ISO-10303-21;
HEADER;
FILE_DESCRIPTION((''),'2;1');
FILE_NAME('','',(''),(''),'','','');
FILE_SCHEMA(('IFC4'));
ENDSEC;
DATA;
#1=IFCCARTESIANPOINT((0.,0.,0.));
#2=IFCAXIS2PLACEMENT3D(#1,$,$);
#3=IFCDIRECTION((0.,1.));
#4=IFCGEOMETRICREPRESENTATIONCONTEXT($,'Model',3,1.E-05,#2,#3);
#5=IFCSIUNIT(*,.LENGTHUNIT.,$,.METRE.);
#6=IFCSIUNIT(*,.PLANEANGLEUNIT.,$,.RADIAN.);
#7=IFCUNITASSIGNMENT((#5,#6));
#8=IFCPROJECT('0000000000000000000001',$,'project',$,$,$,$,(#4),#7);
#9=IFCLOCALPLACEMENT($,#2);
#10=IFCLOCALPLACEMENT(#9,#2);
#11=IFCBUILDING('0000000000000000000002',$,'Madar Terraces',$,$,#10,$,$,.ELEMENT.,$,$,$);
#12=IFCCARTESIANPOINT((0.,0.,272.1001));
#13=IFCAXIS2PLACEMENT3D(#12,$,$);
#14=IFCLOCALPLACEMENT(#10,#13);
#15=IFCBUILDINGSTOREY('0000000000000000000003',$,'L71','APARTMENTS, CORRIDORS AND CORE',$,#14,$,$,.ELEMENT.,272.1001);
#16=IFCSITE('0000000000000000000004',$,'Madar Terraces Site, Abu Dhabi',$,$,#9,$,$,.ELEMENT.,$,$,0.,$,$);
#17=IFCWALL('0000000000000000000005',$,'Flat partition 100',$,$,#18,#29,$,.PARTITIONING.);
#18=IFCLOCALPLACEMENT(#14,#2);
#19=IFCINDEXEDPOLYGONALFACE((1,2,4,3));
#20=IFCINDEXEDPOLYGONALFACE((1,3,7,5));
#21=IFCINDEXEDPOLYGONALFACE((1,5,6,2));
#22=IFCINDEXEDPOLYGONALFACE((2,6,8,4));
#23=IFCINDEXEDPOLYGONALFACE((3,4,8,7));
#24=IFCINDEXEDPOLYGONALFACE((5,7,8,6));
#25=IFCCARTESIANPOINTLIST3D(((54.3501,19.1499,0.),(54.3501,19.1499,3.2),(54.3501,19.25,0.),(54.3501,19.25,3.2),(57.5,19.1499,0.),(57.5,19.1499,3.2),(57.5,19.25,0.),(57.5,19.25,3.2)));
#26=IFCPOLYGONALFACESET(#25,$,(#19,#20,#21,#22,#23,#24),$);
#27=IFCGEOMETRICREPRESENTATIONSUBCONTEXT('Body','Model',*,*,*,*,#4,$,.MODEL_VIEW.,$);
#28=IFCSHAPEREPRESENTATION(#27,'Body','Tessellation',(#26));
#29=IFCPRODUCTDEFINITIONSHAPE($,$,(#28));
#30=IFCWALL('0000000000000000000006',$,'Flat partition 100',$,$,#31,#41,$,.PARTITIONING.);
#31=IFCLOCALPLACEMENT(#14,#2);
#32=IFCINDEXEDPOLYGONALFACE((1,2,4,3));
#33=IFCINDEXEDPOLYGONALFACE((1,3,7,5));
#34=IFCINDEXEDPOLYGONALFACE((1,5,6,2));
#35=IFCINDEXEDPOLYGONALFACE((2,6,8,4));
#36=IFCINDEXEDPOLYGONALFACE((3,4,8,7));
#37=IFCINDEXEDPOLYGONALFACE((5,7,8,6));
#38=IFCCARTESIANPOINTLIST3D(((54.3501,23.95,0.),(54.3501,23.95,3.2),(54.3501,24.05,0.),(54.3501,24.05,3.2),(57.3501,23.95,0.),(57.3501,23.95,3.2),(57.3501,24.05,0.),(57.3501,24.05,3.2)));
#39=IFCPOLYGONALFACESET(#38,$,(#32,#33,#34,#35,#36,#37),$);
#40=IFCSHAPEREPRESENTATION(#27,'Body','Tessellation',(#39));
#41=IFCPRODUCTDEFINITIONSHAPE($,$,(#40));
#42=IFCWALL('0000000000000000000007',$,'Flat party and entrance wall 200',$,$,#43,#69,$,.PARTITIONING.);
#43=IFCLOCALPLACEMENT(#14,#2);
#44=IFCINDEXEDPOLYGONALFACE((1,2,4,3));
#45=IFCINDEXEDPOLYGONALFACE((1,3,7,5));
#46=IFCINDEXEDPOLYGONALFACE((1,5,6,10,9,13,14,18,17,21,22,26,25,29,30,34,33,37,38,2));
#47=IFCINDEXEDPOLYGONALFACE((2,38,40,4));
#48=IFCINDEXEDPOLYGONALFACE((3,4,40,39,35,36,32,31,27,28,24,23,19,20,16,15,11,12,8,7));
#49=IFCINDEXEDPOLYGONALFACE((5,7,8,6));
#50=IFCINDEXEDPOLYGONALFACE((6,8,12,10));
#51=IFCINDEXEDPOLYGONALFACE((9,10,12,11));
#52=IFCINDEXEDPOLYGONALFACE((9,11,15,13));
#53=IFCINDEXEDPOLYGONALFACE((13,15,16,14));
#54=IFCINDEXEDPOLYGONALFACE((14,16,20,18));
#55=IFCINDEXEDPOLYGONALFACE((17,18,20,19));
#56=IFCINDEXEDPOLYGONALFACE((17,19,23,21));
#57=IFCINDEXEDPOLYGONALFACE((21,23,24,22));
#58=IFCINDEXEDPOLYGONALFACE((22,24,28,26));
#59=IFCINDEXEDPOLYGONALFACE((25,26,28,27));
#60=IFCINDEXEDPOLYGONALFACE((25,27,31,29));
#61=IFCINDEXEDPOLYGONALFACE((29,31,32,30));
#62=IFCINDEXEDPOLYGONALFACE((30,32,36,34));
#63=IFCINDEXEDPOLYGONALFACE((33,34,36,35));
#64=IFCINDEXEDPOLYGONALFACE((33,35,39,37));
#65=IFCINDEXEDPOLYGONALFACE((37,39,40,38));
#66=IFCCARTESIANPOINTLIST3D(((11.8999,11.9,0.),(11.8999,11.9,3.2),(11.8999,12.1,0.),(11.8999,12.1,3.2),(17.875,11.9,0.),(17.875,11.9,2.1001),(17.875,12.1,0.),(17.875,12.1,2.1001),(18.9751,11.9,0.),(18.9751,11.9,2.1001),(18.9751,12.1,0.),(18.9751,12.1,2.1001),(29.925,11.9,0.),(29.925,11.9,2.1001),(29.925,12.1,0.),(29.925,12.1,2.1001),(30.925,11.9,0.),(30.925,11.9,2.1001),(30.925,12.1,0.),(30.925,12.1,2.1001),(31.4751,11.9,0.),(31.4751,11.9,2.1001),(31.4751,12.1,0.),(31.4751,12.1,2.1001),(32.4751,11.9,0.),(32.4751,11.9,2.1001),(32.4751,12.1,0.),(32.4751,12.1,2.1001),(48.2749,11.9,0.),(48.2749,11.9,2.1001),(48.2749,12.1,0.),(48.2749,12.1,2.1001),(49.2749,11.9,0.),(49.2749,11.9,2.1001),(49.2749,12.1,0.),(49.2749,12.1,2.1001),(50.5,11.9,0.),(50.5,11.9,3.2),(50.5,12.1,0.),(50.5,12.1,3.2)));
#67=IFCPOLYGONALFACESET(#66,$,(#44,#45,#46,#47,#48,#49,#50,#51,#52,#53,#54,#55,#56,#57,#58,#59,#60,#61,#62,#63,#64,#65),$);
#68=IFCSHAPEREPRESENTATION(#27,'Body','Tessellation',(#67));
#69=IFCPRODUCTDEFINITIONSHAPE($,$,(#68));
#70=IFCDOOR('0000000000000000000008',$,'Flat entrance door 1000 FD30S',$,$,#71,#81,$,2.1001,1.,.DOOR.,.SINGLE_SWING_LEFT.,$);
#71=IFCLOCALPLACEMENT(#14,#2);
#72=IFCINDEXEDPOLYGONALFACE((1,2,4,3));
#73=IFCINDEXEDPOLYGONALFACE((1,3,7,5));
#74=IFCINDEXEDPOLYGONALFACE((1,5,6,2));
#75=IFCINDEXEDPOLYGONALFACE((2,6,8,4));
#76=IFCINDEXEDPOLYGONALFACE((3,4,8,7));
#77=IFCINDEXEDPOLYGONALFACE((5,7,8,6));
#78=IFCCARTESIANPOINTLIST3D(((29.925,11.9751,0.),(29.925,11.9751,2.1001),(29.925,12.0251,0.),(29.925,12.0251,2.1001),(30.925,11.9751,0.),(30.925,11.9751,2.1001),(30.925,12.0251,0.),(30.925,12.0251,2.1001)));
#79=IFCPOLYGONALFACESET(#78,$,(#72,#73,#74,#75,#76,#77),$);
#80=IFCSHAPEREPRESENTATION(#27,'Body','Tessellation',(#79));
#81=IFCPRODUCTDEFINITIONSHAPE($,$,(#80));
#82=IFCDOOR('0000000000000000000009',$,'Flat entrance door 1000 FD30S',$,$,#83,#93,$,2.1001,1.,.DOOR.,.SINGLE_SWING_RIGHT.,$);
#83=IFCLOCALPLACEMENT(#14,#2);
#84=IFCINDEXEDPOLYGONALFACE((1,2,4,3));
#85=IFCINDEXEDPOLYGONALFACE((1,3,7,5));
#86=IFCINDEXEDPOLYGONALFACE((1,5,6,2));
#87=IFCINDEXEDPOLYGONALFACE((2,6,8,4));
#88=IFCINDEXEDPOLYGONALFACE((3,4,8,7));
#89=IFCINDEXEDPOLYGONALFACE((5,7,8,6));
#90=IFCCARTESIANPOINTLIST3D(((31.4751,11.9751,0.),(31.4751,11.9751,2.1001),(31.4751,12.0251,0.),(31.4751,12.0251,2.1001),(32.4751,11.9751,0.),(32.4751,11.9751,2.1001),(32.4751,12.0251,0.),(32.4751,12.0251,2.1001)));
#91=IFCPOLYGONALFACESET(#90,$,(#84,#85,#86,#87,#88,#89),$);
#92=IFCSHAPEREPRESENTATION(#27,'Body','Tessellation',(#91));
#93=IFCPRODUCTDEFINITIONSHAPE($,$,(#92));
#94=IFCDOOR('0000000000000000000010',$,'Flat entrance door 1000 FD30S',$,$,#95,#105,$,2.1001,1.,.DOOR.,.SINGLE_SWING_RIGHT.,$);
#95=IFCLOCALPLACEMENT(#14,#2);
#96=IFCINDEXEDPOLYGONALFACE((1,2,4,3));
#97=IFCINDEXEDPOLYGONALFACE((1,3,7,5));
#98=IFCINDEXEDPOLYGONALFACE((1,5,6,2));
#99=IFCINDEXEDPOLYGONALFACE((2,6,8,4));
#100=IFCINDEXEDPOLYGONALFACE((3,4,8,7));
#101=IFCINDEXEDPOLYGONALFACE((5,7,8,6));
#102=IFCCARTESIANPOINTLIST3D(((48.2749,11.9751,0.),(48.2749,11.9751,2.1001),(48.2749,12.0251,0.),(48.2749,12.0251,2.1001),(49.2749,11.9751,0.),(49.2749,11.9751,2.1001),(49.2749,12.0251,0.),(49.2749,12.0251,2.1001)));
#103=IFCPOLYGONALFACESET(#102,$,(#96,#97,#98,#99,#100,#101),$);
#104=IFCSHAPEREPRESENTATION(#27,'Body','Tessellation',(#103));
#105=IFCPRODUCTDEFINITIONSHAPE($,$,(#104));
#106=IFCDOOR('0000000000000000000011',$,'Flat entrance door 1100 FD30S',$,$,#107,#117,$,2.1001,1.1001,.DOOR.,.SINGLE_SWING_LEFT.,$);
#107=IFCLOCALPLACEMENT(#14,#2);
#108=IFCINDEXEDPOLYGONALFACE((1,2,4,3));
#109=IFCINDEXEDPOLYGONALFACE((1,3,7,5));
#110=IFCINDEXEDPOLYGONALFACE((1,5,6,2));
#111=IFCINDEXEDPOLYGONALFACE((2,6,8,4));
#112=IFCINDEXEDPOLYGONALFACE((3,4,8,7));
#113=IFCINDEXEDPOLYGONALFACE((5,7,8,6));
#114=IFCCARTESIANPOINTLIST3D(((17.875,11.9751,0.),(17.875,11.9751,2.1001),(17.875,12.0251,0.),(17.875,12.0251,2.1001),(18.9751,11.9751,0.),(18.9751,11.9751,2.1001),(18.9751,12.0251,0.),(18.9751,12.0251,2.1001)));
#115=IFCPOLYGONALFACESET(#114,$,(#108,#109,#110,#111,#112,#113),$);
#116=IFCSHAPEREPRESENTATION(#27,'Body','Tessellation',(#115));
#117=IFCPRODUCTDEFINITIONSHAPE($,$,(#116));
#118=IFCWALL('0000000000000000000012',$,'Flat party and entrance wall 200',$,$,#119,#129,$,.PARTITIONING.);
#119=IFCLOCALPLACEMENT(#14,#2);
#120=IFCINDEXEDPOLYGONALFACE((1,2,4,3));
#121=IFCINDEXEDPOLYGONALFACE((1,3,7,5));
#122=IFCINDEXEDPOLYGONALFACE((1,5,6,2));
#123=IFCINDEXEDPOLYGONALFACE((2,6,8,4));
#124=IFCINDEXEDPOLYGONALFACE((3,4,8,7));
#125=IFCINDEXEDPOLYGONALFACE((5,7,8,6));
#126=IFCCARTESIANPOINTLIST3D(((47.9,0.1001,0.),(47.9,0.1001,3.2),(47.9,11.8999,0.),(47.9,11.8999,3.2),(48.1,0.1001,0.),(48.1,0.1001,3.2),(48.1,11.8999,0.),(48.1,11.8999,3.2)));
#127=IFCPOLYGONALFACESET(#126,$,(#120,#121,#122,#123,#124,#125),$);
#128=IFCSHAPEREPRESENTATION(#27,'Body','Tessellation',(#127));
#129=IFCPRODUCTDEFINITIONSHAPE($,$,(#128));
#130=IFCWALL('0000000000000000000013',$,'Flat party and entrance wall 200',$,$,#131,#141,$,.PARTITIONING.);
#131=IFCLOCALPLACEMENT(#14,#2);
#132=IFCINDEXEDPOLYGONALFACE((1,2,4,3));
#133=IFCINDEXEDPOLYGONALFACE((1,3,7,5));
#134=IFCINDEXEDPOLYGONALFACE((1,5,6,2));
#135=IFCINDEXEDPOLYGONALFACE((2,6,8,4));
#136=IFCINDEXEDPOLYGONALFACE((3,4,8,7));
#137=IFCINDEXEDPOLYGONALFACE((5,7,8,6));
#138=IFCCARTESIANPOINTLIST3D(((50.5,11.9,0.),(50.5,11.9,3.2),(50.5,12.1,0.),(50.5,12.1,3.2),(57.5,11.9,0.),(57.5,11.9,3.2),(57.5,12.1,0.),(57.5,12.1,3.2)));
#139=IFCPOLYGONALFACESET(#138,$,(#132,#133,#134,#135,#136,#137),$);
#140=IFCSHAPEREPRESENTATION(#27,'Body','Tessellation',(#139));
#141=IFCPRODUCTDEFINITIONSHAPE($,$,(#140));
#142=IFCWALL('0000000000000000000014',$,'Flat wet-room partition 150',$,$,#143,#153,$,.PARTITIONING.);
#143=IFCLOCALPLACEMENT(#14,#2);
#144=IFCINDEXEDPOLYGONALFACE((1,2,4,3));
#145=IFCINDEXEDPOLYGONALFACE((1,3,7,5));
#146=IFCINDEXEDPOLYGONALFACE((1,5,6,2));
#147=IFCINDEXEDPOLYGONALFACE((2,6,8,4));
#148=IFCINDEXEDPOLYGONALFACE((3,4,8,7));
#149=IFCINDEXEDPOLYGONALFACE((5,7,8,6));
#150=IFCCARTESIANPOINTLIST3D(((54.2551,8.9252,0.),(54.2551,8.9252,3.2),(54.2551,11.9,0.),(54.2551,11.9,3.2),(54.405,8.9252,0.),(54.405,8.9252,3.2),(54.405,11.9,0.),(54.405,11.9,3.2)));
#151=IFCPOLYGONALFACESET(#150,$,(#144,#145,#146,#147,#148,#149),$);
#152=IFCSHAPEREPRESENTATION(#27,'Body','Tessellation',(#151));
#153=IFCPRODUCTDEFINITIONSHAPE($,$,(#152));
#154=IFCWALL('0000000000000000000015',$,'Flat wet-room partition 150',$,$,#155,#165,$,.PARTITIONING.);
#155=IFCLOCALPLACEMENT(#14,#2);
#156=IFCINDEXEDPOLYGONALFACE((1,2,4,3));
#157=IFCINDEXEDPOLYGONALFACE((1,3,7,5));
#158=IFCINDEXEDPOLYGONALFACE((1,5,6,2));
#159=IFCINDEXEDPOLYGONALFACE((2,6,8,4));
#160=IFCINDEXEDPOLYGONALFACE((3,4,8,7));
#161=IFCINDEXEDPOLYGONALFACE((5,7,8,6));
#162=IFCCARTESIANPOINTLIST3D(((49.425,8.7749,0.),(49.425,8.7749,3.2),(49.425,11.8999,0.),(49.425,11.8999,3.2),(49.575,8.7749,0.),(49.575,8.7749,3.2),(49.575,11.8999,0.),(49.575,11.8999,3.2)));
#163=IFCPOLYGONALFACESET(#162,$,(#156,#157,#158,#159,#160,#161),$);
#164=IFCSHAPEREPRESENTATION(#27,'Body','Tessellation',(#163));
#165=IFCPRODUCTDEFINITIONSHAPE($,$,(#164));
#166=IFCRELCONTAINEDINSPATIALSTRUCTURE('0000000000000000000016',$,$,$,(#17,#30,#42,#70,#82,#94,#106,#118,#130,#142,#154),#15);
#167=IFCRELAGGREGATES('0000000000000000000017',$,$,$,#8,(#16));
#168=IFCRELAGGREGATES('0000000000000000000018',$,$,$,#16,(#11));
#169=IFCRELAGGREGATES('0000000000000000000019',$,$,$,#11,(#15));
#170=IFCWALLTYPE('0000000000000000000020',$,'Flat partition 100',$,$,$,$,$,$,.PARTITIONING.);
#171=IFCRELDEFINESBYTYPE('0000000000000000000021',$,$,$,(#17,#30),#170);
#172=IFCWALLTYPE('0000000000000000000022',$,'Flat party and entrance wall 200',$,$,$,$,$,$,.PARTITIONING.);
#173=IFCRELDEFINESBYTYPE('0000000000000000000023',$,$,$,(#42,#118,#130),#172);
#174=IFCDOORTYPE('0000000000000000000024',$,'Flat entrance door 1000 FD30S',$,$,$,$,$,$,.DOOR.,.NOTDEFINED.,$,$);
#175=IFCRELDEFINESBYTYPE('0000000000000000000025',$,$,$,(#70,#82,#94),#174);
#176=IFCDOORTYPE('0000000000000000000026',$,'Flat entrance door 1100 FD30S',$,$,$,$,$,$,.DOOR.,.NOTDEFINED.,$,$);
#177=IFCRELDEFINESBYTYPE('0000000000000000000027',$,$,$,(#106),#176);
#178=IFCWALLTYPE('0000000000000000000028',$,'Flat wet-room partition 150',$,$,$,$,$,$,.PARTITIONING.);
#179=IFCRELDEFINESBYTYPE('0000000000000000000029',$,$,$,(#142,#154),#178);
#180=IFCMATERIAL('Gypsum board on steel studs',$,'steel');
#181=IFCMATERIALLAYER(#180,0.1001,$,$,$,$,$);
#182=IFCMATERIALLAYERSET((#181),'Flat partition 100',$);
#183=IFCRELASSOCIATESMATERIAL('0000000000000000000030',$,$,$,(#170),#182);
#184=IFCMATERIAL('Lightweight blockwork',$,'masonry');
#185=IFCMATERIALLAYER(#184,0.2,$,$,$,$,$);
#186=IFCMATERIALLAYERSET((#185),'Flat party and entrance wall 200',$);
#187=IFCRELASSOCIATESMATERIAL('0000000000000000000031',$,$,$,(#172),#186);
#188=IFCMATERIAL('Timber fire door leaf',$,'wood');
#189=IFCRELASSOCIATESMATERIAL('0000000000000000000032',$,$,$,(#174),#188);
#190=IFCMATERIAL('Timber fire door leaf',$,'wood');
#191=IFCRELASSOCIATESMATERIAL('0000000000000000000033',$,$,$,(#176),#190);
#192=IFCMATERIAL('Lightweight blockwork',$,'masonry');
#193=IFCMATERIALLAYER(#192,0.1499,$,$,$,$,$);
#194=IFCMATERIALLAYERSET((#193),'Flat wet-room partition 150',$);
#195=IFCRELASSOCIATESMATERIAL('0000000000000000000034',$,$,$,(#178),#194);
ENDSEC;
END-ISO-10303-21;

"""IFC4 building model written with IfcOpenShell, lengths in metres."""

from ifc_helpers import new_model, si_unit, direction, frame, frame_2d, origin, place, context, subcontext, project, spatial, rectangle, extrude, material, layer, layer_set, type_object, element, fill, save


model = new_model("IFC4")

# Units and contexts
model_context = context("Model", 3, precision=1e-05, world=origin(), true_north=direction((0.0, 1.0)))
body_context = subcontext(model_context, "Body", "Model", "MODEL_VIEW")
ifc_project = project(units=[si_unit("LENGTHUNIT", "METRE"), si_unit("PLANEANGLEUNIT", "RADIAN")], contexts=[model_context])

# Site, building, storey
site_placement = place(None, origin())
site = spatial("IfcSite", under=ifc_project, at=site_placement, Name="Madar Terraces Site, Abu Dhabi", CompositionType="ELEMENT", RefElevation=0.0)
building_placement = place(site_placement, origin())
building = spatial("IfcBuilding", under=site, at=building_placement, Name="Madar Terraces", CompositionType="ELEMENT")
storey_placement = place(building_placement, frame((0.0, 0.0, 272.1001)))
storey = spatial("IfcBuildingStorey", under=building, at=storey_placement, Name="L71", Description="APARTMENTS, CORRIDORS AND CORE", CompositionType="ELEMENT", Elevation=272.1001)

# Walls
ifc_material_1 = material(Name="Gypsum board on steel studs", Category="steel")
ifc_layer_1 = layer(ifc_material_1, 0.1001)
ifc_layer_set_1 = layer_set([ifc_layer_1], Name="Flat partition 100")
wall_type_1 = type_object("IfcWallType", Name="Flat partition 100", PredefinedType="PARTITIONING", material=ifc_layer_set_1)
wall_1_placement = place(storey_placement, frame((54.3501, 19.2, 0.0), z_axis=(0.0, 0.0, 1.0), x_axis=(1.0, 0.0, 0.0)))
element("IfcWall", 1, at=wall_1_placement, inside=storey, type_object=wall_type_1, Name="Flat partition 100", PredefinedType="PARTITIONING", context=body_context, shape_type="SweptSolid", body=[
    extrude(rectangle(XDim=3.1499, YDim=0.1001, at=frame_2d((1.575, 0.0))), origin(), (0.0, 0.0, 1.0), 3.2),
])
wall_2_placement = place(storey_placement, frame((54.3501, 24.0, 0.0), z_axis=(0.0, 0.0, 1.0), x_axis=(1.0, 0.0, 0.0)))
element("IfcWall", 2, at=wall_2_placement, inside=storey, type_object=wall_type_1, Name="Flat partition 100", PredefinedType="PARTITIONING", context=body_context, shape_type="SweptSolid", body=[
    extrude(rectangle(XDim=3.0, YDim=0.1001, at=frame_2d((1.5, 0.0))), origin(), (0.0, 0.0, 1.0), 3.2),
])

# Wall, openings, doors
ifc_material_2 = material(Name="Lightweight blockwork", Category="masonry")
ifc_layer_2 = layer(ifc_material_2, 0.2)
ifc_layer_set_2 = layer_set([ifc_layer_2], Name="Flat party and entrance wall 200")
wall_type_2 = type_object("IfcWallType", Name="Flat party and entrance wall 200", PredefinedType="PARTITIONING", material=ifc_layer_set_2)
wall_3_placement = place(storey_placement, frame((50.5, 12.0, 0.0), z_axis=(0.0, 0.0, 1.0), x_axis=(-1.0, 0.0, 0.0)))
wall_3 = element("IfcWall", 3, at=wall_3_placement, inside=storey, type_object=wall_type_2, Name="Flat party and entrance wall 200", PredefinedType="PARTITIONING", context=body_context, shape_type="SweptSolid", body=[
    extrude(rectangle(XDim=38.6001, YDim=0.2, at=frame_2d((19.3, 0.0))), origin(), (0.0, 0.0, 1.0), 3.2),
])
opening_1_placement = place(wall_3_placement, frame((31.5249, 0.0, 0.0)))
opening_1 = element("IfcOpeningElement", 4, at=opening_1_placement, cuts=wall_3, PredefinedType="OPENING", context=body_context, shape_type="SweptSolid", body=[
    extrude(rectangle(XDim=1.1001, YDim=2.1001, at=frame_2d((0.55, 1.05))), frame((0.0, 0.1099, 0.0), z_axis=(0.0, -1.0, 0.0), x_axis=(1.0, 0.0, 0.0)), (0.0, 0.0, 1.0), 0.22),
])
opening_2_placement = place(wall_3_placement, frame((19.575, 0.0, 0.0)))
opening_2 = element("IfcOpeningElement", 5, at=opening_2_placement, cuts=wall_3, PredefinedType="OPENING", context=body_context, shape_type="SweptSolid", body=[
    extrude(rectangle(XDim=1.0, YDim=2.1001, at=frame_2d((0.5, 1.05))), frame((0.0, 0.1099, 0.0), z_axis=(0.0, -1.0, 0.0), x_axis=(1.0, 0.0, 0.0)), (0.0, 0.0, 1.0), 0.22),
])
opening_3_placement = place(wall_3_placement, frame((18.0249, 0.0, 0.0)))
opening_3 = element("IfcOpeningElement", 6, at=opening_3_placement, cuts=wall_3, PredefinedType="OPENING", context=body_context, shape_type="SweptSolid", body=[
    extrude(rectangle(XDim=1.0, YDim=2.1001, at=frame_2d((0.5, 1.05))), frame((0.0, 0.1099, 0.0), z_axis=(0.0, -1.0, 0.0), x_axis=(1.0, 0.0, 0.0)), (0.0, 0.0, 1.0), 0.22),
])
opening_4_placement = place(wall_3_placement, frame((1.2251, 0.0, 0.0)))
opening_4 = element("IfcOpeningElement", 7, at=opening_4_placement, cuts=wall_3, PredefinedType="OPENING", context=body_context, shape_type="SweptSolid", body=[
    extrude(rectangle(XDim=1.0, YDim=2.1001, at=frame_2d((0.5, 1.05))), frame((0.0, 0.1099, 0.0), z_axis=(0.0, -1.0, 0.0), x_axis=(1.0, 0.0, 0.0)), (0.0, 0.0, 1.0), 0.22),
])
ifc_material_3 = material(Name="Timber fire door leaf", Category="wood")
door_type_1 = type_object("IfcDoorType", Name="Flat entrance door 1000 FD30S", OperationType="NOTDEFINED", PredefinedType="DOOR", material=ifc_material_3)
door_1_placement = place(opening_2_placement, origin())
door_1 = element("IfcDoor", 8, at=door_1_placement, inside=storey, type_object=door_type_1, Name="Flat entrance door 1000 FD30S", OperationType="SINGLE_SWING_LEFT", OverallHeight=2.1001, OverallWidth=1.0, PredefinedType="DOOR", context=body_context, shape_type="SweptSolid", body=[
    extrude(rectangle(XDim=1.0, YDim=2.1001, at=frame_2d((0.5, 1.05))), frame((0.0, 0.0249, 0.0), z_axis=(0.0, -1.0, 0.0), x_axis=(1.0, 0.0, 0.0)), (0.0, 0.0, 1.0), 0.05),
])
fill(opening_2, door_1)
door_2_placement = place(opening_3_placement, origin())
door_2 = element("IfcDoor", 9, at=door_2_placement, inside=storey, type_object=door_type_1, Name="Flat entrance door 1000 FD30S", OperationType="SINGLE_SWING_RIGHT", OverallHeight=2.1001, OverallWidth=1.0, PredefinedType="DOOR", context=body_context, shape_type="SweptSolid", body=[
    extrude(rectangle(XDim=1.0, YDim=2.1001, at=frame_2d((0.5, 1.05))), frame((0.0, 0.0249, 0.0), z_axis=(0.0, -1.0, 0.0), x_axis=(1.0, 0.0, 0.0)), (0.0, 0.0, 1.0), 0.05),
])
fill(opening_3, door_2)
door_3_placement = place(opening_4_placement, origin())
door_3 = element("IfcDoor", 10, at=door_3_placement, inside=storey, type_object=door_type_1, Name="Flat entrance door 1000 FD30S", OperationType="SINGLE_SWING_RIGHT", OverallHeight=2.1001, OverallWidth=1.0, PredefinedType="DOOR", context=body_context, shape_type="SweptSolid", body=[
    extrude(rectangle(XDim=1.0, YDim=2.1001, at=frame_2d((0.5, 1.05))), frame((0.0, 0.0249, 0.0), z_axis=(0.0, -1.0, 0.0), x_axis=(1.0, 0.0, 0.0)), (0.0, 0.0, 1.0), 0.05),
])
fill(opening_4, door_3)
ifc_material_4 = material(Name="Timber fire door leaf", Category="wood")
door_type_2 = type_object("IfcDoorType", Name="Flat entrance door 1100 FD30S", OperationType="NOTDEFINED", PredefinedType="DOOR", material=ifc_material_4)
door_4_placement = place(opening_1_placement, origin())
door_4 = element("IfcDoor", 11, at=door_4_placement, inside=storey, type_object=door_type_2, Name="Flat entrance door 1100 FD30S", OperationType="SINGLE_SWING_LEFT", OverallHeight=2.1001, OverallWidth=1.1001, PredefinedType="DOOR", context=body_context, shape_type="SweptSolid", body=[
    extrude(rectangle(XDim=1.1001, YDim=2.1001, at=frame_2d((0.55, 1.05))), frame((0.0, 0.0249, 0.0), z_axis=(0.0, -1.0, 0.0), x_axis=(1.0, 0.0, 0.0)), (0.0, 0.0, 1.0), 0.05),
])
fill(opening_1, door_4)

# Walls
wall_4_placement = place(storey_placement, frame((48.0, 11.8999, 0.0), z_axis=(0.0, 0.0, 1.0), x_axis=(0.0, -1.0, 0.0)))
element("IfcWall", 12, at=wall_4_placement, inside=storey, type_object=wall_type_2, Name="Flat party and entrance wall 200", PredefinedType="PARTITIONING", context=body_context, shape_type="SweptSolid", body=[
    extrude(rectangle(XDim=11.7998, YDim=0.2, at=frame_2d((5.8999, 0.0))), origin(), (0.0, 0.0, 1.0), 3.2),
])
wall_5_placement = place(storey_placement, frame((50.5, 12.0, 0.0), z_axis=(0.0, 0.0, 1.0), x_axis=(1.0, 0.0, 0.0)))
element("IfcWall", 13, at=wall_5_placement, inside=storey, type_object=wall_type_2, Name="Flat party and entrance wall 200", PredefinedType="PARTITIONING", context=body_context, shape_type="SweptSolid", body=[
    extrude(rectangle(XDim=7.0, YDim=0.2, at=frame_2d((3.5, 0.0))), origin(), (0.0, 0.0, 1.0), 3.2),
])
ifc_material_5 = material(Name="Lightweight blockwork", Category="masonry")
ifc_layer_3 = layer(ifc_material_5, 0.1499)
ifc_layer_set_3 = layer_set([ifc_layer_3], Name="Flat wet-room partition 150")
wall_type_3 = type_object("IfcWallType", Name="Flat wet-room partition 150", PredefinedType="PARTITIONING", material=ifc_layer_set_3)
wall_6_placement = place(storey_placement, frame((54.3301, 11.8999, 0.0), z_axis=(0.0, 0.0, 1.0), x_axis=(0.0, -1.0, 0.0)))
element("IfcWall", 14, at=wall_6_placement, inside=storey, type_object=wall_type_3, Name="Flat wet-room partition 150", PredefinedType="PARTITIONING", context=body_context, shape_type="SweptSolid", body=[
    extrude(rectangle(XDim=2.9749, YDim=0.1499, at=frame_2d((1.4873, 0.0))), origin(), (0.0, 0.0, 1.0), 3.2),
])
wall_7_placement = place(storey_placement, frame((49.5, 11.8999, 0.0), z_axis=(0.0, 0.0, 1.0), x_axis=(0.0, -1.0, 0.0)))
element("IfcWall", 15, at=wall_7_placement, inside=storey, type_object=wall_type_3, Name="Flat wet-room partition 150", PredefinedType="PARTITIONING", context=body_context, shape_type="SweptSolid", body=[
    extrude(rectangle(XDim=3.125, YDim=0.1499, at=frame_2d((1.5625, 0.0))), origin(), (0.0, 0.0, 1.0), 3.2),
])

save(model, "model.ifc")
